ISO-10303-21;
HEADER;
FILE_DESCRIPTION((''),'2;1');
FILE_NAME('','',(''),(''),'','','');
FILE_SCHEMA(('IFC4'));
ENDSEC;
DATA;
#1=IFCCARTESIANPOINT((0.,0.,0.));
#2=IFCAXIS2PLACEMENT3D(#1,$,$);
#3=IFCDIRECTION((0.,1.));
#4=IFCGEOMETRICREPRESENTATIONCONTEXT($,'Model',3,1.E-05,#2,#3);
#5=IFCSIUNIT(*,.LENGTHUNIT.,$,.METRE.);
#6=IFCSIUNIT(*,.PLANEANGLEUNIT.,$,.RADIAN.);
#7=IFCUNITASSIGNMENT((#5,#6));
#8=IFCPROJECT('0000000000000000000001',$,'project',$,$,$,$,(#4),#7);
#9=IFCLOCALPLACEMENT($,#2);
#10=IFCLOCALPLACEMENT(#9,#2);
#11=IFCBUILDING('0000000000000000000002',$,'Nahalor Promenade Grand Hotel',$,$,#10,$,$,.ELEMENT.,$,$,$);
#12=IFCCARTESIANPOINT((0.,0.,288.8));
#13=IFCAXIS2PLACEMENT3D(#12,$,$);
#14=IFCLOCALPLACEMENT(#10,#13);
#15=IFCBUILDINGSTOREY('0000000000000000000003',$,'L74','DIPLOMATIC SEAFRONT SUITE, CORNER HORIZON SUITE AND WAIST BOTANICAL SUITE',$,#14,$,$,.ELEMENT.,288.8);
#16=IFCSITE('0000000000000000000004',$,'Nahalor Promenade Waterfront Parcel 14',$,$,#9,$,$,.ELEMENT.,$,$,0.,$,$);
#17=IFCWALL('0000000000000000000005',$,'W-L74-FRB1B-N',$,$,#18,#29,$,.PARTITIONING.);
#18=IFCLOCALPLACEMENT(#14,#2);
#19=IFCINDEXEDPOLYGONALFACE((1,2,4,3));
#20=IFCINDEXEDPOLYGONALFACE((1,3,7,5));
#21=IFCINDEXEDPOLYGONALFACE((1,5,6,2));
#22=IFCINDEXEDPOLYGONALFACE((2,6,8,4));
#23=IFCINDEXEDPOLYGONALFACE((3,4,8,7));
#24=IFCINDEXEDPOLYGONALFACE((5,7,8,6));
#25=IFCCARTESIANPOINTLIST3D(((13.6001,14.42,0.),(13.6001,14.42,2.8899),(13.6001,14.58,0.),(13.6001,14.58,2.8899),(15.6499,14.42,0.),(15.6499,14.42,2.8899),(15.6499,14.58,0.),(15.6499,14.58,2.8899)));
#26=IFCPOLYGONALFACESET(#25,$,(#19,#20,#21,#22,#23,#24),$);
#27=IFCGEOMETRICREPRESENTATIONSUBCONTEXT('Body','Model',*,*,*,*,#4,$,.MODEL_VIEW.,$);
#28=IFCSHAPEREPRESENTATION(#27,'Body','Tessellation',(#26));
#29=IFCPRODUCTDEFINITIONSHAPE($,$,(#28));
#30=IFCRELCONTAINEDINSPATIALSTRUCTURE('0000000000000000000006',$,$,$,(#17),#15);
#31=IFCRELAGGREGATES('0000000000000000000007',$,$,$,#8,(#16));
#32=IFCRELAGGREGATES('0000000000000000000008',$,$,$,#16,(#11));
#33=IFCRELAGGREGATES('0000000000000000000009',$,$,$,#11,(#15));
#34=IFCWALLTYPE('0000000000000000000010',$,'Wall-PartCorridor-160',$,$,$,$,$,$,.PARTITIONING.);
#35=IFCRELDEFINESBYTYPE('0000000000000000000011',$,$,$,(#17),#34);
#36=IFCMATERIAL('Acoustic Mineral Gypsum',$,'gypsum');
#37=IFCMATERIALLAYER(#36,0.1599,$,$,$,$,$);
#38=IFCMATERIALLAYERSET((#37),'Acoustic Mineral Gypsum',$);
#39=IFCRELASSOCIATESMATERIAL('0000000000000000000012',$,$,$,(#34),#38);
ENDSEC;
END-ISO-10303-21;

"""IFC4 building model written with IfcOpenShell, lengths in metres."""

from ifc_helpers import new_model, si_unit, direction, frame, frame_2d, origin, place, context, subcontext, project, spatial, rectangle, extrude, source, transform, mapped, material, layer, layer_set, type_object, element, save


model = new_model("IFC4")

# Units and contexts
model_context = context("Model", 3, precision=1e-05, world=origin(), true_north=direction((0.0, 1.0)))
body_context = subcontext(model_context, "Body", "Model", "MODEL_VIEW")
ifc_project = project(units=[si_unit("LENGTHUNIT", "METRE"), si_unit("PLANEANGLEUNIT", "RADIAN")], contexts=[model_context])

# Site, building, storey
site_placement = place(None, origin())
site = spatial("IfcSite", under=ifc_project, at=site_placement, Name="Nahalor Promenade Waterfront Parcel 14", CompositionType="ELEMENT", RefElevation=0.0)
building_placement = place(site_placement, origin())
building = spatial("IfcBuilding", under=site, at=building_placement, Name="Nahalor Promenade Grand Hotel", CompositionType="ELEMENT")
storey_placement = place(building_placement, frame((0.0, 0.0, 288.8)))
storey = spatial("IfcBuildingStorey", under=building, at=storey_placement, Name="L74", Description="DIPLOMATIC SEAFRONT SUITE, CORNER HORIZON SUITE AND WAIST BOTANICAL SUITE", CompositionType="ELEMENT", Elevation=288.8)

# Shared definitions
ifc_material_1 = material(Name="Acoustic Mineral Gypsum", Category="gypsum")

# Wall
ifc_layer_1 = layer(ifc_material_1, 0.1599)
ifc_layer_set_1 = layer_set([ifc_layer_1], Name="Acoustic Mineral Gypsum")
wall_type_1 = type_object("IfcWallType", Name="Wall-PartCorridor-160", PredefinedType="PARTITIONING", material=ifc_layer_set_1)
shared_shape_1 = source(origin(), body_context, "Body", "SweptSolid", [
    extrude(rectangle(XDim=2.0498, YDim=0.1599, at=frame_2d((1.0249, 0.0))), origin(), (0.0, 0.0, 1.0), 2.8899),
])
wall_1_placement = place(storey_placement, frame((13.6001, 14.5, 0.0), z_axis=(0.0, 0.0, 1.0), x_axis=(1.0, 0.0, 0.0)))
element("IfcWall", 1, at=wall_1_placement, inside=storey, type_object=wall_type_1, Name="W-L74-FRB1B-N", PredefinedType="PARTITIONING", context=body_context, shape_type="MappedRepresentation", body=[
    mapped(shared_shape_1, transform((0.0, 0.0, 0.0), scale=1.0)),
])

save(model, "model.ifc")
